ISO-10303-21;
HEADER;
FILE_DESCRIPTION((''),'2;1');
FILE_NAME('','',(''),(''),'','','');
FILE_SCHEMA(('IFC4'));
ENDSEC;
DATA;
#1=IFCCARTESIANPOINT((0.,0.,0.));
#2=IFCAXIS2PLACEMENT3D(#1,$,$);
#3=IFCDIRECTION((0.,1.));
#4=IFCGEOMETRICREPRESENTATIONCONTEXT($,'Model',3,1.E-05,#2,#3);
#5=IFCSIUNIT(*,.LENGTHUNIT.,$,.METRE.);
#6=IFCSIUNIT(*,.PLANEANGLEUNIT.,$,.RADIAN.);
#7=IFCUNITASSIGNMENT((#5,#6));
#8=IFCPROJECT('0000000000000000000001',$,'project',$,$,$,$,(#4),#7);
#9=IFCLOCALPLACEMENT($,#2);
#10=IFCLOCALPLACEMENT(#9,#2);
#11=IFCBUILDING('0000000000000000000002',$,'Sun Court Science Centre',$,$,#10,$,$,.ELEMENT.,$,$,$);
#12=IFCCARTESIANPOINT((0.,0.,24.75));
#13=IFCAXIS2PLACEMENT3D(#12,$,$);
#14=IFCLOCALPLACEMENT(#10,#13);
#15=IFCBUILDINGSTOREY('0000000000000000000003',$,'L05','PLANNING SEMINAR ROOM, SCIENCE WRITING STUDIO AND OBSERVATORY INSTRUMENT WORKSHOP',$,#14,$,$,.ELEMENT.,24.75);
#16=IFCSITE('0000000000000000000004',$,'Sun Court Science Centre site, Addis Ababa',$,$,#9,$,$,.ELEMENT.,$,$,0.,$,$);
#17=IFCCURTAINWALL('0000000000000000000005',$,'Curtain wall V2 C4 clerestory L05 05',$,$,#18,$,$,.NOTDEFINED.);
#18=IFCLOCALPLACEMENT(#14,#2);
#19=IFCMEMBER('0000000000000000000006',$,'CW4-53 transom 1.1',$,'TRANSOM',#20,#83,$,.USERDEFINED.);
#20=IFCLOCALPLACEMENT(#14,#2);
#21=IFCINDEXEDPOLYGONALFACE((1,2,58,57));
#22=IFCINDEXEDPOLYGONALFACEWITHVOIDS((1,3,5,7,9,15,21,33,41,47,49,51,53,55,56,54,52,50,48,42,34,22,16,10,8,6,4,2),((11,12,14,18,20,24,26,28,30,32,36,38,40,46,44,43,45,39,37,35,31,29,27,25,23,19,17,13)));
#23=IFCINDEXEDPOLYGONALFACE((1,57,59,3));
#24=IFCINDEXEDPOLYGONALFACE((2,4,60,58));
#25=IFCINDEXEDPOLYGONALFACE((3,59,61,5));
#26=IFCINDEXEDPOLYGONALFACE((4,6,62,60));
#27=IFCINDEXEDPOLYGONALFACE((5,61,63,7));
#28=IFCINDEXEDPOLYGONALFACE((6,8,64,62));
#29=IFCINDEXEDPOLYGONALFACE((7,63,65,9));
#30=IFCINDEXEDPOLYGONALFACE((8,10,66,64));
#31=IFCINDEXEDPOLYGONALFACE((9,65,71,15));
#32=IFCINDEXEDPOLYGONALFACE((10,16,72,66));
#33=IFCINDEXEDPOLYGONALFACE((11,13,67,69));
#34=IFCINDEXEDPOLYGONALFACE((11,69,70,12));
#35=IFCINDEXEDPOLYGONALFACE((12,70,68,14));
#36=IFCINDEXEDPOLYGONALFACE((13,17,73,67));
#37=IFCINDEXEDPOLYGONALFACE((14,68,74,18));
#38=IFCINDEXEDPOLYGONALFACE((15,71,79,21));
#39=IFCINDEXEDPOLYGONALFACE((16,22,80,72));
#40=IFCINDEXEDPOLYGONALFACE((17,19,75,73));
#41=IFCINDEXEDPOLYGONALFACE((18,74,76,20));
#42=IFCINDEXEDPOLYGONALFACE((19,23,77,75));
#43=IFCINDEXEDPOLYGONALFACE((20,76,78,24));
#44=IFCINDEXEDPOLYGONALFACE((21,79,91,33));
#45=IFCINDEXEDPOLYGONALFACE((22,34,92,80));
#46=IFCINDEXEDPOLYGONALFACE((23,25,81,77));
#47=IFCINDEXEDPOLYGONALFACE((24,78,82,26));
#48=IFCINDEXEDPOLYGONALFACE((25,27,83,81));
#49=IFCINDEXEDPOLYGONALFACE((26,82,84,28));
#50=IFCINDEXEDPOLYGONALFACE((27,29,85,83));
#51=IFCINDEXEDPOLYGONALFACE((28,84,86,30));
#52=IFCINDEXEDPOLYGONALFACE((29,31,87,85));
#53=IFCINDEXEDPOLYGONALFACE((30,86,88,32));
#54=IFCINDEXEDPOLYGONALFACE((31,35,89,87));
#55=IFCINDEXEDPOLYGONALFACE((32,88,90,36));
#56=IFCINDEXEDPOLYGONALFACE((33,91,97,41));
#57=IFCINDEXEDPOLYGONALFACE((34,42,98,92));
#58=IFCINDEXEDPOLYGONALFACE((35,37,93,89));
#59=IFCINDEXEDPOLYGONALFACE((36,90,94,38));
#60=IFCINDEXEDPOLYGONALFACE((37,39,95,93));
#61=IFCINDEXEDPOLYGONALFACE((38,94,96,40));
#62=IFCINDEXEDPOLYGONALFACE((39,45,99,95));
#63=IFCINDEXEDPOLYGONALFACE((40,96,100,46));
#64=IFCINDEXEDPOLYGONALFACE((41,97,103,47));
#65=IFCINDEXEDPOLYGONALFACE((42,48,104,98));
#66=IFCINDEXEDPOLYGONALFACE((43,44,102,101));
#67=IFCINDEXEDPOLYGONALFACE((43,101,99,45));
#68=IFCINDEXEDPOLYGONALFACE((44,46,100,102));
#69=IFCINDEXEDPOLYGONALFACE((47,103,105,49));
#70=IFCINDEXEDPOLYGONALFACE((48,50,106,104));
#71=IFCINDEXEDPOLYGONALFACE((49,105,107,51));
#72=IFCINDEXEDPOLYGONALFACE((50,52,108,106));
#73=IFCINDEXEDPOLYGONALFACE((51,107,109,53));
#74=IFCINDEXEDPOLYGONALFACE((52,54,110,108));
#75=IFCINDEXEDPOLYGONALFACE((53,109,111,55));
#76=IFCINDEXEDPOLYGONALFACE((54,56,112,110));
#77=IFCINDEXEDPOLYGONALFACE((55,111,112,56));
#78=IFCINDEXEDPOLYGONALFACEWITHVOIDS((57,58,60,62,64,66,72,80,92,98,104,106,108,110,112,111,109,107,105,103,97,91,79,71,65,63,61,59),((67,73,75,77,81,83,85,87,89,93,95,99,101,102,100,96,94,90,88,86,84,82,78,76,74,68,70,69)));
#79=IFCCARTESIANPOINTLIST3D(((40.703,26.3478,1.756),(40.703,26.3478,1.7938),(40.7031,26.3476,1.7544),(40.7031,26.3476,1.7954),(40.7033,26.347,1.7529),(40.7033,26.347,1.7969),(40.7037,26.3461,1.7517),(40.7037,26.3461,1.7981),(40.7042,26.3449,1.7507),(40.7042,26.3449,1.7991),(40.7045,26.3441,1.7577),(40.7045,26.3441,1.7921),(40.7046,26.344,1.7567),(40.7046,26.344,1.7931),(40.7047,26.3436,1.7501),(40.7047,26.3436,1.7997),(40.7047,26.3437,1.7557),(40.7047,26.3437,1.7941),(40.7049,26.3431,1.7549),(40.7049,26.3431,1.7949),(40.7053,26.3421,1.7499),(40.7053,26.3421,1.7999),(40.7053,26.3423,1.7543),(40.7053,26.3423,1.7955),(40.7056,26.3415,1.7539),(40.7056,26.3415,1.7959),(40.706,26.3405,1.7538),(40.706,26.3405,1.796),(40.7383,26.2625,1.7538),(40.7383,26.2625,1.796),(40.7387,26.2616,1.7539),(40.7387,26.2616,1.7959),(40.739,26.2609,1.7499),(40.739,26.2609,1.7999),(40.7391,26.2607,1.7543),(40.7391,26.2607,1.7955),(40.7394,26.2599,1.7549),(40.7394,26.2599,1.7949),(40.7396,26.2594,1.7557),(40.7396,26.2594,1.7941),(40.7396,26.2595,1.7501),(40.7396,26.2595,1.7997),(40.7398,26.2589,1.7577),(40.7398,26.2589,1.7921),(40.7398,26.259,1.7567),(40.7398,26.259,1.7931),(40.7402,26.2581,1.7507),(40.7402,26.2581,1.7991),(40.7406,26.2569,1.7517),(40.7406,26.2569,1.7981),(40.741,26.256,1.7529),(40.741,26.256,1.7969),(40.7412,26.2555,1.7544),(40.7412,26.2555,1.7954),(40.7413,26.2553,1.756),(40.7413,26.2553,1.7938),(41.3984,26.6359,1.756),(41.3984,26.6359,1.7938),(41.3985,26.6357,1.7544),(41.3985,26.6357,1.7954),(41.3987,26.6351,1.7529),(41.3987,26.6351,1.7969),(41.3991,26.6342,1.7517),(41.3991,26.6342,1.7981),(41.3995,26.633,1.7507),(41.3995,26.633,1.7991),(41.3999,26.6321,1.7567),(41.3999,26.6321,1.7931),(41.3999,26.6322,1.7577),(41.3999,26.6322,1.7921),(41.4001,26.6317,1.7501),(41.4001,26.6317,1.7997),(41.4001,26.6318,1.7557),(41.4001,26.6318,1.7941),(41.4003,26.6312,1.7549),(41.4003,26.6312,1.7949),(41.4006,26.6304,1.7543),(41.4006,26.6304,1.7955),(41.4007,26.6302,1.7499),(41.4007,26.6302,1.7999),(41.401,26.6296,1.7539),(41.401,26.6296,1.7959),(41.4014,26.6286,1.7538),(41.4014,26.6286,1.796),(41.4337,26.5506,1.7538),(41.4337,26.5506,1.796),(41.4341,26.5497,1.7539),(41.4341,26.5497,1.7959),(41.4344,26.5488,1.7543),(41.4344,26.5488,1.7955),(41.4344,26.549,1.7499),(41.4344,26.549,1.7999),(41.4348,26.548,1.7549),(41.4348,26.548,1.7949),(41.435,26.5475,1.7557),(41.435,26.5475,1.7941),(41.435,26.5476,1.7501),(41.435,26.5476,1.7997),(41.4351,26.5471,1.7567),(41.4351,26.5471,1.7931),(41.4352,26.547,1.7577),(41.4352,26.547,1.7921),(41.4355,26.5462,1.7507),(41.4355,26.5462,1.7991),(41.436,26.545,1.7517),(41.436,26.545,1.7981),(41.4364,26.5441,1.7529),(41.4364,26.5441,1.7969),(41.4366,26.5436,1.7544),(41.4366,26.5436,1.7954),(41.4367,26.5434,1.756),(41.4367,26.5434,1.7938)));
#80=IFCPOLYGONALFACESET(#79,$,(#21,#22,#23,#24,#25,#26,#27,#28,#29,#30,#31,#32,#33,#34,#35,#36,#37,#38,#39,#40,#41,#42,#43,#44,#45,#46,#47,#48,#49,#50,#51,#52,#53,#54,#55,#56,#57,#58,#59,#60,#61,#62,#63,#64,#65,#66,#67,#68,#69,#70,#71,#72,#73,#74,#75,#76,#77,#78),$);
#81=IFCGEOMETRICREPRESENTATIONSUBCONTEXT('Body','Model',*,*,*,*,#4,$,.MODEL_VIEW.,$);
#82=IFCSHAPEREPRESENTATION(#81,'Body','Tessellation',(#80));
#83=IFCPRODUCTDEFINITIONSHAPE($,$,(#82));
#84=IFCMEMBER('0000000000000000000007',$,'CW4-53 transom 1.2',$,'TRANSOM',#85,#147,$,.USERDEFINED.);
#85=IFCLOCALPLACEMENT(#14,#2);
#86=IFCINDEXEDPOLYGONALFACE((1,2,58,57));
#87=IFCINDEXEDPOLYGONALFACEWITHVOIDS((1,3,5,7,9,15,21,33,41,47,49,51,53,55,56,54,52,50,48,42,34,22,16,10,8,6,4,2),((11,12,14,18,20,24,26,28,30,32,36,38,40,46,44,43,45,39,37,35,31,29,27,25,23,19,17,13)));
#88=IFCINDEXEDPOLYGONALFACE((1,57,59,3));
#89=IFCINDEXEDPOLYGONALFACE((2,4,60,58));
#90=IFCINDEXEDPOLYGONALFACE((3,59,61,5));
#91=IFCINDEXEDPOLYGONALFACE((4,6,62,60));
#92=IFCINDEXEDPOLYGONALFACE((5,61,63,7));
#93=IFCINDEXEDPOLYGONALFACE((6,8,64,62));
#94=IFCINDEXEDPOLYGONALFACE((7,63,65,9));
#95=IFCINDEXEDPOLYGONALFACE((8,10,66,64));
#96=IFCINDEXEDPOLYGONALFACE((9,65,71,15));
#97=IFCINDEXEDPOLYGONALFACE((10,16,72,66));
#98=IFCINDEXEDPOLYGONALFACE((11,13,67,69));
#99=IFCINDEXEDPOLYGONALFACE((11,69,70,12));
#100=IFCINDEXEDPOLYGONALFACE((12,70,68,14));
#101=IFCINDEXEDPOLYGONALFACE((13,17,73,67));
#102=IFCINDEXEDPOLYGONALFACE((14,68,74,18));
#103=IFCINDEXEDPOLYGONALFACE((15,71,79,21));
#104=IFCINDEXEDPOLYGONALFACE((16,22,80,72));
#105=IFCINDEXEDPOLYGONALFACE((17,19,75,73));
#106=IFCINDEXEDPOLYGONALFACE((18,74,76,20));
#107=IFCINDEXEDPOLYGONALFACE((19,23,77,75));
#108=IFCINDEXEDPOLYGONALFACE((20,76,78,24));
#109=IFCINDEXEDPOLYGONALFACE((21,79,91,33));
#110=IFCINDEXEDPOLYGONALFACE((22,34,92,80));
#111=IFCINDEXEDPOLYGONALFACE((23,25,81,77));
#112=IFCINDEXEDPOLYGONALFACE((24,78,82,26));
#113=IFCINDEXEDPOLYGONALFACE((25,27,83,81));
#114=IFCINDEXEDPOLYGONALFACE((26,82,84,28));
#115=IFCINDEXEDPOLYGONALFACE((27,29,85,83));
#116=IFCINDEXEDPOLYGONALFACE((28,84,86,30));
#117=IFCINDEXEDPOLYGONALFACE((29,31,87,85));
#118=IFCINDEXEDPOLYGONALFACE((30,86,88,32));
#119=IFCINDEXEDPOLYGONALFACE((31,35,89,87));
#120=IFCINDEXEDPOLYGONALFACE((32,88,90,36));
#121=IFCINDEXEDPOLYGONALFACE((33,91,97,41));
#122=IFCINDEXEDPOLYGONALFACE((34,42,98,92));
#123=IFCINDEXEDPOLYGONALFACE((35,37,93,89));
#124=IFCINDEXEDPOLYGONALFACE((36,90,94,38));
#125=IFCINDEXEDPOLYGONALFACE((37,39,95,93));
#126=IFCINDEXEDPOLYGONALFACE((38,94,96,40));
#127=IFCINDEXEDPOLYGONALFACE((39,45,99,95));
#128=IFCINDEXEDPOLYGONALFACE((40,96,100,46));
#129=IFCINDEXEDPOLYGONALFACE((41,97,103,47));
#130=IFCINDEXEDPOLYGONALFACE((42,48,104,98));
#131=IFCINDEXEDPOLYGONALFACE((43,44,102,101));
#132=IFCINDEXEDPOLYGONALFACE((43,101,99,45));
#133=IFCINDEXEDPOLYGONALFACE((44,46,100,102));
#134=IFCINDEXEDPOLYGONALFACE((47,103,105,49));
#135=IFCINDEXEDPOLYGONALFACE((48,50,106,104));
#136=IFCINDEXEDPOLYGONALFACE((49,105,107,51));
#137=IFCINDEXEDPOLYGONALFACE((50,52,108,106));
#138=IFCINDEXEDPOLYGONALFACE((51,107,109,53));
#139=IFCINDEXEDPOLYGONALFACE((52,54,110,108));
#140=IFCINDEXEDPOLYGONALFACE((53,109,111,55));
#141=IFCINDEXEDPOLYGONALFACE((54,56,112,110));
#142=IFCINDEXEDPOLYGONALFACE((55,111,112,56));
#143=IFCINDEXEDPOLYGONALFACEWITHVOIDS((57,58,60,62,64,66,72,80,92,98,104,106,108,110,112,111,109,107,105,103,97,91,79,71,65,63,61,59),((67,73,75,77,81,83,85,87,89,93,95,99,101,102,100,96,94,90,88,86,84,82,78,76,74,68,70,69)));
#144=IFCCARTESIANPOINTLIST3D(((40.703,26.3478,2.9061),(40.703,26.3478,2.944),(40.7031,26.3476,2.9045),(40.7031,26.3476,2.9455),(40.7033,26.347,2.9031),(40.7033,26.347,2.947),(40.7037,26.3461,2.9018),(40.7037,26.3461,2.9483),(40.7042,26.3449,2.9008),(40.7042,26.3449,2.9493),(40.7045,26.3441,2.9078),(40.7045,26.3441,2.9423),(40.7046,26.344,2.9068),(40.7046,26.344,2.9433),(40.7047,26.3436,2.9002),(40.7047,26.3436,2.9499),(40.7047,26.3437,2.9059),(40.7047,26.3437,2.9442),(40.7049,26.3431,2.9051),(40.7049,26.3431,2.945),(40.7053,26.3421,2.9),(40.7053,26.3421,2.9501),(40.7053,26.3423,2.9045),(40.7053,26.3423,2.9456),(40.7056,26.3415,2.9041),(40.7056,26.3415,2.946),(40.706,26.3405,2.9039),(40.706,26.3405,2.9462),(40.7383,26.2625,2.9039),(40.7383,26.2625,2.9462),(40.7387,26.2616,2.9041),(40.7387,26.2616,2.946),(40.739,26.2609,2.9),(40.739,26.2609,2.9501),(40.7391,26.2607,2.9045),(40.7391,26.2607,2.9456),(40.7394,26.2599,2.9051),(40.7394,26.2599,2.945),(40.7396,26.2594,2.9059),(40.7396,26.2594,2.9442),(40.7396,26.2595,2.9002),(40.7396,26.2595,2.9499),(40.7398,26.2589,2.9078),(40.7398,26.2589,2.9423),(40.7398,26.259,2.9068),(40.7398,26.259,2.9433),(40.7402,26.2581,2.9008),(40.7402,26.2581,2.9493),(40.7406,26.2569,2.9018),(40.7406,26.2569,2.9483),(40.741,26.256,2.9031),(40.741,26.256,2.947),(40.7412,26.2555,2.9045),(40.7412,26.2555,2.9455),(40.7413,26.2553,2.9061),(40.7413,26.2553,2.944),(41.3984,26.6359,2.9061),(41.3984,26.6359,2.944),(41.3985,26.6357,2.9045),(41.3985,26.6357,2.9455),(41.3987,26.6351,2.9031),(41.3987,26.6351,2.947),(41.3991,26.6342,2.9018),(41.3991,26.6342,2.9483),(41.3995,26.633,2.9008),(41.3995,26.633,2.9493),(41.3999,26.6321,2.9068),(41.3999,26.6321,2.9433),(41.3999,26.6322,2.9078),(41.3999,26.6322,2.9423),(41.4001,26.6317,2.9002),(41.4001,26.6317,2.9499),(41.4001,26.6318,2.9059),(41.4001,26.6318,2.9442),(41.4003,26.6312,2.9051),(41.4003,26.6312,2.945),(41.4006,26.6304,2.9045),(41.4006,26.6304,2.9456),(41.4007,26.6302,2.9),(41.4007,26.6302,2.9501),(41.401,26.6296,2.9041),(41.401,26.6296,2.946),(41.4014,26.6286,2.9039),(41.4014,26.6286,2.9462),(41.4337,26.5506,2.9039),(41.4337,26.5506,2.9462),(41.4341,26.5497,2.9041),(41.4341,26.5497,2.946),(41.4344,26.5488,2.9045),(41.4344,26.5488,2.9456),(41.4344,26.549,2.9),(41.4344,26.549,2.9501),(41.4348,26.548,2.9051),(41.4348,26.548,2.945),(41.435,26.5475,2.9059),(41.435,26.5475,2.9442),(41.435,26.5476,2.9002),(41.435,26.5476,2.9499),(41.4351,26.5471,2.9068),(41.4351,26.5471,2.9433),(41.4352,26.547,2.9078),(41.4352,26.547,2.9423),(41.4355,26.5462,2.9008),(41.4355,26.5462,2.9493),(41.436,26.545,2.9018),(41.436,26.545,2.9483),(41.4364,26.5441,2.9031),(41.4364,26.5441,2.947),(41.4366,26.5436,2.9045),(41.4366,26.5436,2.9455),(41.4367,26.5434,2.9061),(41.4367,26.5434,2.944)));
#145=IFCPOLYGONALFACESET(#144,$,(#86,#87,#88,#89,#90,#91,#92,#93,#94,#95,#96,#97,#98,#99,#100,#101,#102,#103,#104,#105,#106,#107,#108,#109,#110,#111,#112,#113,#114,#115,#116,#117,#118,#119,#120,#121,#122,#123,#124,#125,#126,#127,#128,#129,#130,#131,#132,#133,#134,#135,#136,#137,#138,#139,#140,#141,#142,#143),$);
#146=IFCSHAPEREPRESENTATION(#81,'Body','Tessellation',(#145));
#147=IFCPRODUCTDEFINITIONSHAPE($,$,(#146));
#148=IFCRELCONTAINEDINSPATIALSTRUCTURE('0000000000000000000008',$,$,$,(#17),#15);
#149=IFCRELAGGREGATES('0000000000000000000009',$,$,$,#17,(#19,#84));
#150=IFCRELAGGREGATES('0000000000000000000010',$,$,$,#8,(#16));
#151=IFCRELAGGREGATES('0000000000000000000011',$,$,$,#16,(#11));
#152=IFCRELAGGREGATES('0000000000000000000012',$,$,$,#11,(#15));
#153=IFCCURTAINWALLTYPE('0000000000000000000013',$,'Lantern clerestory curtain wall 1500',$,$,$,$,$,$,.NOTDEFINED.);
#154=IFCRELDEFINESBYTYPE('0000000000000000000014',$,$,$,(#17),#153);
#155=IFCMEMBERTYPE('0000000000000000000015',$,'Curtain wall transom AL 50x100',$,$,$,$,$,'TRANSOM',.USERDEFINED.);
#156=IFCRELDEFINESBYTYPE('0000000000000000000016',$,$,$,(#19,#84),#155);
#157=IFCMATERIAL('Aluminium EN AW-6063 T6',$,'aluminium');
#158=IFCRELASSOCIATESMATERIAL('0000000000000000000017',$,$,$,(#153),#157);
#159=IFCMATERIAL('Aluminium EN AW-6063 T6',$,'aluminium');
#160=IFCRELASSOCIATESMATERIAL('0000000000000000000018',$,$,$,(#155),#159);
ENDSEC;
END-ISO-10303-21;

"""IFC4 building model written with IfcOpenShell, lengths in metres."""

from ifc_helpers import new_model, si_unit, direction, frame, origin, origin_2d, place, context, subcontext, project, spatial, hollow_rectangle, extrude, material, material_profile, profile_set, type_object, element, aggregate, save


model = new_model("IFC4")

# Units and contexts
model_context = context("Model", 3, precision=1e-05, world=origin(), true_north=direction((0.0, 1.0)))
body_context = subcontext(model_context, "Body", "Model", "MODEL_VIEW")
ifc_project = project(units=[si_unit("LENGTHUNIT", "METRE"), si_unit("PLANEANGLEUNIT", "RADIAN")], contexts=[model_context])

# Site, building, storey
site_placement = place(None, origin())
site = spatial("IfcSite", under=ifc_project, at=site_placement, Name="Sun Court Science Centre site, Addis Ababa", CompositionType="ELEMENT", RefElevation=0.0)
building_placement = place(site_placement, origin())
building = spatial("IfcBuilding", under=site, at=building_placement, Name="Sun Court Science Centre", CompositionType="ELEMENT")
storey_placement = place(building_placement, frame((0.0, 0.0, 24.75)))
storey = spatial("IfcBuildingStorey", under=building, at=storey_placement, Name="L05", Description="PLANNING SEMINAR ROOM, SCIENCE WRITING STUDIO AND OBSERVATORY INSTRUMENT WORKSHOP", CompositionType="ELEMENT", Elevation=24.75)

# Shared definitions
ifc_material_1 = material(Name="Aluminium EN AW-6063 T6", Category="aluminium")
curtain_wall_type = type_object("IfcCurtainWallType", Name="Lantern clerestory curtain wall 1500", PredefinedType="NOTDEFINED", material=ifc_material_1)

# Curtain wall
curtain_wall_1_placement = place(storey_placement, origin())
curtain_wall_1 = element("IfcCurtainWall", 1, at=curtain_wall_1_placement, inside=storey, type_object=curtain_wall_type, Name="Curtain wall V2 C4 clerestory L05 05", PredefinedType="NOTDEFINED")

# Members
ifc_material_2 = material(Name="Aluminium EN AW-6063 T6", Category="aluminium")
ifc_material_profile_1 = material_profile(ifc_material_2, hollow_rectangle(XDim=0.05, YDim=0.1001, WallThickness=0.0039, InnerFilletRadius=0.0039, OuterFilletRadius=0.0061, at=origin_2d()), Name="AL 50x100x4")
ifc_profile_set_1 = profile_set([ifc_material_profile_1], Name="Aluminium EN AW-6063 T6")
member_type_1 = type_object("IfcMemberType", Name="Curtain wall transom AL 50x100", ElementType="TRANSOM", PredefinedType="USERDEFINED", material=ifc_profile_set_1)
member_1_placement = place(storey_placement, frame((40.7222, 26.3015, 1.7749), z_axis=(0.923843, 0.382772, 0.0), x_axis=(0.0, 0.0, 1.0)))
member_1 = element("IfcMember", 2, at=member_1_placement, type_object=member_type_1, Name="CW4-53 transom 1.1", ObjectType="TRANSOM", PredefinedType="USERDEFINED", context=body_context, shape_type="SweptSolid", body=[
    extrude(hollow_rectangle(XDim=0.05, YDim=0.1001, WallThickness=0.0039, InnerFilletRadius=0.0039, OuterFilletRadius=0.0061, at=origin_2d()), origin(), (0.0, 0.0, 1.0), 0.7527),
])
member_2_placement = place(storey_placement, frame((40.7222, 26.3015, 2.925), z_axis=(0.923843, 0.382772, 0.0), x_axis=(0.0, 0.0, 1.0)))
member_2 = element("IfcMember", 3, at=member_2_placement, type_object=member_type_1, Name="CW4-53 transom 1.2", ObjectType="TRANSOM", PredefinedType="USERDEFINED", context=body_context, shape_type="SweptSolid", body=[
    extrude(hollow_rectangle(XDim=0.05, YDim=0.1001, WallThickness=0.0039, InnerFilletRadius=0.0039, OuterFilletRadius=0.0061, at=origin_2d()), origin(), (0.0, 0.0, 1.0), 0.7527),
])

aggregate(curtain_wall_1, [member_1, member_2])

save(model, "model.ifc")
